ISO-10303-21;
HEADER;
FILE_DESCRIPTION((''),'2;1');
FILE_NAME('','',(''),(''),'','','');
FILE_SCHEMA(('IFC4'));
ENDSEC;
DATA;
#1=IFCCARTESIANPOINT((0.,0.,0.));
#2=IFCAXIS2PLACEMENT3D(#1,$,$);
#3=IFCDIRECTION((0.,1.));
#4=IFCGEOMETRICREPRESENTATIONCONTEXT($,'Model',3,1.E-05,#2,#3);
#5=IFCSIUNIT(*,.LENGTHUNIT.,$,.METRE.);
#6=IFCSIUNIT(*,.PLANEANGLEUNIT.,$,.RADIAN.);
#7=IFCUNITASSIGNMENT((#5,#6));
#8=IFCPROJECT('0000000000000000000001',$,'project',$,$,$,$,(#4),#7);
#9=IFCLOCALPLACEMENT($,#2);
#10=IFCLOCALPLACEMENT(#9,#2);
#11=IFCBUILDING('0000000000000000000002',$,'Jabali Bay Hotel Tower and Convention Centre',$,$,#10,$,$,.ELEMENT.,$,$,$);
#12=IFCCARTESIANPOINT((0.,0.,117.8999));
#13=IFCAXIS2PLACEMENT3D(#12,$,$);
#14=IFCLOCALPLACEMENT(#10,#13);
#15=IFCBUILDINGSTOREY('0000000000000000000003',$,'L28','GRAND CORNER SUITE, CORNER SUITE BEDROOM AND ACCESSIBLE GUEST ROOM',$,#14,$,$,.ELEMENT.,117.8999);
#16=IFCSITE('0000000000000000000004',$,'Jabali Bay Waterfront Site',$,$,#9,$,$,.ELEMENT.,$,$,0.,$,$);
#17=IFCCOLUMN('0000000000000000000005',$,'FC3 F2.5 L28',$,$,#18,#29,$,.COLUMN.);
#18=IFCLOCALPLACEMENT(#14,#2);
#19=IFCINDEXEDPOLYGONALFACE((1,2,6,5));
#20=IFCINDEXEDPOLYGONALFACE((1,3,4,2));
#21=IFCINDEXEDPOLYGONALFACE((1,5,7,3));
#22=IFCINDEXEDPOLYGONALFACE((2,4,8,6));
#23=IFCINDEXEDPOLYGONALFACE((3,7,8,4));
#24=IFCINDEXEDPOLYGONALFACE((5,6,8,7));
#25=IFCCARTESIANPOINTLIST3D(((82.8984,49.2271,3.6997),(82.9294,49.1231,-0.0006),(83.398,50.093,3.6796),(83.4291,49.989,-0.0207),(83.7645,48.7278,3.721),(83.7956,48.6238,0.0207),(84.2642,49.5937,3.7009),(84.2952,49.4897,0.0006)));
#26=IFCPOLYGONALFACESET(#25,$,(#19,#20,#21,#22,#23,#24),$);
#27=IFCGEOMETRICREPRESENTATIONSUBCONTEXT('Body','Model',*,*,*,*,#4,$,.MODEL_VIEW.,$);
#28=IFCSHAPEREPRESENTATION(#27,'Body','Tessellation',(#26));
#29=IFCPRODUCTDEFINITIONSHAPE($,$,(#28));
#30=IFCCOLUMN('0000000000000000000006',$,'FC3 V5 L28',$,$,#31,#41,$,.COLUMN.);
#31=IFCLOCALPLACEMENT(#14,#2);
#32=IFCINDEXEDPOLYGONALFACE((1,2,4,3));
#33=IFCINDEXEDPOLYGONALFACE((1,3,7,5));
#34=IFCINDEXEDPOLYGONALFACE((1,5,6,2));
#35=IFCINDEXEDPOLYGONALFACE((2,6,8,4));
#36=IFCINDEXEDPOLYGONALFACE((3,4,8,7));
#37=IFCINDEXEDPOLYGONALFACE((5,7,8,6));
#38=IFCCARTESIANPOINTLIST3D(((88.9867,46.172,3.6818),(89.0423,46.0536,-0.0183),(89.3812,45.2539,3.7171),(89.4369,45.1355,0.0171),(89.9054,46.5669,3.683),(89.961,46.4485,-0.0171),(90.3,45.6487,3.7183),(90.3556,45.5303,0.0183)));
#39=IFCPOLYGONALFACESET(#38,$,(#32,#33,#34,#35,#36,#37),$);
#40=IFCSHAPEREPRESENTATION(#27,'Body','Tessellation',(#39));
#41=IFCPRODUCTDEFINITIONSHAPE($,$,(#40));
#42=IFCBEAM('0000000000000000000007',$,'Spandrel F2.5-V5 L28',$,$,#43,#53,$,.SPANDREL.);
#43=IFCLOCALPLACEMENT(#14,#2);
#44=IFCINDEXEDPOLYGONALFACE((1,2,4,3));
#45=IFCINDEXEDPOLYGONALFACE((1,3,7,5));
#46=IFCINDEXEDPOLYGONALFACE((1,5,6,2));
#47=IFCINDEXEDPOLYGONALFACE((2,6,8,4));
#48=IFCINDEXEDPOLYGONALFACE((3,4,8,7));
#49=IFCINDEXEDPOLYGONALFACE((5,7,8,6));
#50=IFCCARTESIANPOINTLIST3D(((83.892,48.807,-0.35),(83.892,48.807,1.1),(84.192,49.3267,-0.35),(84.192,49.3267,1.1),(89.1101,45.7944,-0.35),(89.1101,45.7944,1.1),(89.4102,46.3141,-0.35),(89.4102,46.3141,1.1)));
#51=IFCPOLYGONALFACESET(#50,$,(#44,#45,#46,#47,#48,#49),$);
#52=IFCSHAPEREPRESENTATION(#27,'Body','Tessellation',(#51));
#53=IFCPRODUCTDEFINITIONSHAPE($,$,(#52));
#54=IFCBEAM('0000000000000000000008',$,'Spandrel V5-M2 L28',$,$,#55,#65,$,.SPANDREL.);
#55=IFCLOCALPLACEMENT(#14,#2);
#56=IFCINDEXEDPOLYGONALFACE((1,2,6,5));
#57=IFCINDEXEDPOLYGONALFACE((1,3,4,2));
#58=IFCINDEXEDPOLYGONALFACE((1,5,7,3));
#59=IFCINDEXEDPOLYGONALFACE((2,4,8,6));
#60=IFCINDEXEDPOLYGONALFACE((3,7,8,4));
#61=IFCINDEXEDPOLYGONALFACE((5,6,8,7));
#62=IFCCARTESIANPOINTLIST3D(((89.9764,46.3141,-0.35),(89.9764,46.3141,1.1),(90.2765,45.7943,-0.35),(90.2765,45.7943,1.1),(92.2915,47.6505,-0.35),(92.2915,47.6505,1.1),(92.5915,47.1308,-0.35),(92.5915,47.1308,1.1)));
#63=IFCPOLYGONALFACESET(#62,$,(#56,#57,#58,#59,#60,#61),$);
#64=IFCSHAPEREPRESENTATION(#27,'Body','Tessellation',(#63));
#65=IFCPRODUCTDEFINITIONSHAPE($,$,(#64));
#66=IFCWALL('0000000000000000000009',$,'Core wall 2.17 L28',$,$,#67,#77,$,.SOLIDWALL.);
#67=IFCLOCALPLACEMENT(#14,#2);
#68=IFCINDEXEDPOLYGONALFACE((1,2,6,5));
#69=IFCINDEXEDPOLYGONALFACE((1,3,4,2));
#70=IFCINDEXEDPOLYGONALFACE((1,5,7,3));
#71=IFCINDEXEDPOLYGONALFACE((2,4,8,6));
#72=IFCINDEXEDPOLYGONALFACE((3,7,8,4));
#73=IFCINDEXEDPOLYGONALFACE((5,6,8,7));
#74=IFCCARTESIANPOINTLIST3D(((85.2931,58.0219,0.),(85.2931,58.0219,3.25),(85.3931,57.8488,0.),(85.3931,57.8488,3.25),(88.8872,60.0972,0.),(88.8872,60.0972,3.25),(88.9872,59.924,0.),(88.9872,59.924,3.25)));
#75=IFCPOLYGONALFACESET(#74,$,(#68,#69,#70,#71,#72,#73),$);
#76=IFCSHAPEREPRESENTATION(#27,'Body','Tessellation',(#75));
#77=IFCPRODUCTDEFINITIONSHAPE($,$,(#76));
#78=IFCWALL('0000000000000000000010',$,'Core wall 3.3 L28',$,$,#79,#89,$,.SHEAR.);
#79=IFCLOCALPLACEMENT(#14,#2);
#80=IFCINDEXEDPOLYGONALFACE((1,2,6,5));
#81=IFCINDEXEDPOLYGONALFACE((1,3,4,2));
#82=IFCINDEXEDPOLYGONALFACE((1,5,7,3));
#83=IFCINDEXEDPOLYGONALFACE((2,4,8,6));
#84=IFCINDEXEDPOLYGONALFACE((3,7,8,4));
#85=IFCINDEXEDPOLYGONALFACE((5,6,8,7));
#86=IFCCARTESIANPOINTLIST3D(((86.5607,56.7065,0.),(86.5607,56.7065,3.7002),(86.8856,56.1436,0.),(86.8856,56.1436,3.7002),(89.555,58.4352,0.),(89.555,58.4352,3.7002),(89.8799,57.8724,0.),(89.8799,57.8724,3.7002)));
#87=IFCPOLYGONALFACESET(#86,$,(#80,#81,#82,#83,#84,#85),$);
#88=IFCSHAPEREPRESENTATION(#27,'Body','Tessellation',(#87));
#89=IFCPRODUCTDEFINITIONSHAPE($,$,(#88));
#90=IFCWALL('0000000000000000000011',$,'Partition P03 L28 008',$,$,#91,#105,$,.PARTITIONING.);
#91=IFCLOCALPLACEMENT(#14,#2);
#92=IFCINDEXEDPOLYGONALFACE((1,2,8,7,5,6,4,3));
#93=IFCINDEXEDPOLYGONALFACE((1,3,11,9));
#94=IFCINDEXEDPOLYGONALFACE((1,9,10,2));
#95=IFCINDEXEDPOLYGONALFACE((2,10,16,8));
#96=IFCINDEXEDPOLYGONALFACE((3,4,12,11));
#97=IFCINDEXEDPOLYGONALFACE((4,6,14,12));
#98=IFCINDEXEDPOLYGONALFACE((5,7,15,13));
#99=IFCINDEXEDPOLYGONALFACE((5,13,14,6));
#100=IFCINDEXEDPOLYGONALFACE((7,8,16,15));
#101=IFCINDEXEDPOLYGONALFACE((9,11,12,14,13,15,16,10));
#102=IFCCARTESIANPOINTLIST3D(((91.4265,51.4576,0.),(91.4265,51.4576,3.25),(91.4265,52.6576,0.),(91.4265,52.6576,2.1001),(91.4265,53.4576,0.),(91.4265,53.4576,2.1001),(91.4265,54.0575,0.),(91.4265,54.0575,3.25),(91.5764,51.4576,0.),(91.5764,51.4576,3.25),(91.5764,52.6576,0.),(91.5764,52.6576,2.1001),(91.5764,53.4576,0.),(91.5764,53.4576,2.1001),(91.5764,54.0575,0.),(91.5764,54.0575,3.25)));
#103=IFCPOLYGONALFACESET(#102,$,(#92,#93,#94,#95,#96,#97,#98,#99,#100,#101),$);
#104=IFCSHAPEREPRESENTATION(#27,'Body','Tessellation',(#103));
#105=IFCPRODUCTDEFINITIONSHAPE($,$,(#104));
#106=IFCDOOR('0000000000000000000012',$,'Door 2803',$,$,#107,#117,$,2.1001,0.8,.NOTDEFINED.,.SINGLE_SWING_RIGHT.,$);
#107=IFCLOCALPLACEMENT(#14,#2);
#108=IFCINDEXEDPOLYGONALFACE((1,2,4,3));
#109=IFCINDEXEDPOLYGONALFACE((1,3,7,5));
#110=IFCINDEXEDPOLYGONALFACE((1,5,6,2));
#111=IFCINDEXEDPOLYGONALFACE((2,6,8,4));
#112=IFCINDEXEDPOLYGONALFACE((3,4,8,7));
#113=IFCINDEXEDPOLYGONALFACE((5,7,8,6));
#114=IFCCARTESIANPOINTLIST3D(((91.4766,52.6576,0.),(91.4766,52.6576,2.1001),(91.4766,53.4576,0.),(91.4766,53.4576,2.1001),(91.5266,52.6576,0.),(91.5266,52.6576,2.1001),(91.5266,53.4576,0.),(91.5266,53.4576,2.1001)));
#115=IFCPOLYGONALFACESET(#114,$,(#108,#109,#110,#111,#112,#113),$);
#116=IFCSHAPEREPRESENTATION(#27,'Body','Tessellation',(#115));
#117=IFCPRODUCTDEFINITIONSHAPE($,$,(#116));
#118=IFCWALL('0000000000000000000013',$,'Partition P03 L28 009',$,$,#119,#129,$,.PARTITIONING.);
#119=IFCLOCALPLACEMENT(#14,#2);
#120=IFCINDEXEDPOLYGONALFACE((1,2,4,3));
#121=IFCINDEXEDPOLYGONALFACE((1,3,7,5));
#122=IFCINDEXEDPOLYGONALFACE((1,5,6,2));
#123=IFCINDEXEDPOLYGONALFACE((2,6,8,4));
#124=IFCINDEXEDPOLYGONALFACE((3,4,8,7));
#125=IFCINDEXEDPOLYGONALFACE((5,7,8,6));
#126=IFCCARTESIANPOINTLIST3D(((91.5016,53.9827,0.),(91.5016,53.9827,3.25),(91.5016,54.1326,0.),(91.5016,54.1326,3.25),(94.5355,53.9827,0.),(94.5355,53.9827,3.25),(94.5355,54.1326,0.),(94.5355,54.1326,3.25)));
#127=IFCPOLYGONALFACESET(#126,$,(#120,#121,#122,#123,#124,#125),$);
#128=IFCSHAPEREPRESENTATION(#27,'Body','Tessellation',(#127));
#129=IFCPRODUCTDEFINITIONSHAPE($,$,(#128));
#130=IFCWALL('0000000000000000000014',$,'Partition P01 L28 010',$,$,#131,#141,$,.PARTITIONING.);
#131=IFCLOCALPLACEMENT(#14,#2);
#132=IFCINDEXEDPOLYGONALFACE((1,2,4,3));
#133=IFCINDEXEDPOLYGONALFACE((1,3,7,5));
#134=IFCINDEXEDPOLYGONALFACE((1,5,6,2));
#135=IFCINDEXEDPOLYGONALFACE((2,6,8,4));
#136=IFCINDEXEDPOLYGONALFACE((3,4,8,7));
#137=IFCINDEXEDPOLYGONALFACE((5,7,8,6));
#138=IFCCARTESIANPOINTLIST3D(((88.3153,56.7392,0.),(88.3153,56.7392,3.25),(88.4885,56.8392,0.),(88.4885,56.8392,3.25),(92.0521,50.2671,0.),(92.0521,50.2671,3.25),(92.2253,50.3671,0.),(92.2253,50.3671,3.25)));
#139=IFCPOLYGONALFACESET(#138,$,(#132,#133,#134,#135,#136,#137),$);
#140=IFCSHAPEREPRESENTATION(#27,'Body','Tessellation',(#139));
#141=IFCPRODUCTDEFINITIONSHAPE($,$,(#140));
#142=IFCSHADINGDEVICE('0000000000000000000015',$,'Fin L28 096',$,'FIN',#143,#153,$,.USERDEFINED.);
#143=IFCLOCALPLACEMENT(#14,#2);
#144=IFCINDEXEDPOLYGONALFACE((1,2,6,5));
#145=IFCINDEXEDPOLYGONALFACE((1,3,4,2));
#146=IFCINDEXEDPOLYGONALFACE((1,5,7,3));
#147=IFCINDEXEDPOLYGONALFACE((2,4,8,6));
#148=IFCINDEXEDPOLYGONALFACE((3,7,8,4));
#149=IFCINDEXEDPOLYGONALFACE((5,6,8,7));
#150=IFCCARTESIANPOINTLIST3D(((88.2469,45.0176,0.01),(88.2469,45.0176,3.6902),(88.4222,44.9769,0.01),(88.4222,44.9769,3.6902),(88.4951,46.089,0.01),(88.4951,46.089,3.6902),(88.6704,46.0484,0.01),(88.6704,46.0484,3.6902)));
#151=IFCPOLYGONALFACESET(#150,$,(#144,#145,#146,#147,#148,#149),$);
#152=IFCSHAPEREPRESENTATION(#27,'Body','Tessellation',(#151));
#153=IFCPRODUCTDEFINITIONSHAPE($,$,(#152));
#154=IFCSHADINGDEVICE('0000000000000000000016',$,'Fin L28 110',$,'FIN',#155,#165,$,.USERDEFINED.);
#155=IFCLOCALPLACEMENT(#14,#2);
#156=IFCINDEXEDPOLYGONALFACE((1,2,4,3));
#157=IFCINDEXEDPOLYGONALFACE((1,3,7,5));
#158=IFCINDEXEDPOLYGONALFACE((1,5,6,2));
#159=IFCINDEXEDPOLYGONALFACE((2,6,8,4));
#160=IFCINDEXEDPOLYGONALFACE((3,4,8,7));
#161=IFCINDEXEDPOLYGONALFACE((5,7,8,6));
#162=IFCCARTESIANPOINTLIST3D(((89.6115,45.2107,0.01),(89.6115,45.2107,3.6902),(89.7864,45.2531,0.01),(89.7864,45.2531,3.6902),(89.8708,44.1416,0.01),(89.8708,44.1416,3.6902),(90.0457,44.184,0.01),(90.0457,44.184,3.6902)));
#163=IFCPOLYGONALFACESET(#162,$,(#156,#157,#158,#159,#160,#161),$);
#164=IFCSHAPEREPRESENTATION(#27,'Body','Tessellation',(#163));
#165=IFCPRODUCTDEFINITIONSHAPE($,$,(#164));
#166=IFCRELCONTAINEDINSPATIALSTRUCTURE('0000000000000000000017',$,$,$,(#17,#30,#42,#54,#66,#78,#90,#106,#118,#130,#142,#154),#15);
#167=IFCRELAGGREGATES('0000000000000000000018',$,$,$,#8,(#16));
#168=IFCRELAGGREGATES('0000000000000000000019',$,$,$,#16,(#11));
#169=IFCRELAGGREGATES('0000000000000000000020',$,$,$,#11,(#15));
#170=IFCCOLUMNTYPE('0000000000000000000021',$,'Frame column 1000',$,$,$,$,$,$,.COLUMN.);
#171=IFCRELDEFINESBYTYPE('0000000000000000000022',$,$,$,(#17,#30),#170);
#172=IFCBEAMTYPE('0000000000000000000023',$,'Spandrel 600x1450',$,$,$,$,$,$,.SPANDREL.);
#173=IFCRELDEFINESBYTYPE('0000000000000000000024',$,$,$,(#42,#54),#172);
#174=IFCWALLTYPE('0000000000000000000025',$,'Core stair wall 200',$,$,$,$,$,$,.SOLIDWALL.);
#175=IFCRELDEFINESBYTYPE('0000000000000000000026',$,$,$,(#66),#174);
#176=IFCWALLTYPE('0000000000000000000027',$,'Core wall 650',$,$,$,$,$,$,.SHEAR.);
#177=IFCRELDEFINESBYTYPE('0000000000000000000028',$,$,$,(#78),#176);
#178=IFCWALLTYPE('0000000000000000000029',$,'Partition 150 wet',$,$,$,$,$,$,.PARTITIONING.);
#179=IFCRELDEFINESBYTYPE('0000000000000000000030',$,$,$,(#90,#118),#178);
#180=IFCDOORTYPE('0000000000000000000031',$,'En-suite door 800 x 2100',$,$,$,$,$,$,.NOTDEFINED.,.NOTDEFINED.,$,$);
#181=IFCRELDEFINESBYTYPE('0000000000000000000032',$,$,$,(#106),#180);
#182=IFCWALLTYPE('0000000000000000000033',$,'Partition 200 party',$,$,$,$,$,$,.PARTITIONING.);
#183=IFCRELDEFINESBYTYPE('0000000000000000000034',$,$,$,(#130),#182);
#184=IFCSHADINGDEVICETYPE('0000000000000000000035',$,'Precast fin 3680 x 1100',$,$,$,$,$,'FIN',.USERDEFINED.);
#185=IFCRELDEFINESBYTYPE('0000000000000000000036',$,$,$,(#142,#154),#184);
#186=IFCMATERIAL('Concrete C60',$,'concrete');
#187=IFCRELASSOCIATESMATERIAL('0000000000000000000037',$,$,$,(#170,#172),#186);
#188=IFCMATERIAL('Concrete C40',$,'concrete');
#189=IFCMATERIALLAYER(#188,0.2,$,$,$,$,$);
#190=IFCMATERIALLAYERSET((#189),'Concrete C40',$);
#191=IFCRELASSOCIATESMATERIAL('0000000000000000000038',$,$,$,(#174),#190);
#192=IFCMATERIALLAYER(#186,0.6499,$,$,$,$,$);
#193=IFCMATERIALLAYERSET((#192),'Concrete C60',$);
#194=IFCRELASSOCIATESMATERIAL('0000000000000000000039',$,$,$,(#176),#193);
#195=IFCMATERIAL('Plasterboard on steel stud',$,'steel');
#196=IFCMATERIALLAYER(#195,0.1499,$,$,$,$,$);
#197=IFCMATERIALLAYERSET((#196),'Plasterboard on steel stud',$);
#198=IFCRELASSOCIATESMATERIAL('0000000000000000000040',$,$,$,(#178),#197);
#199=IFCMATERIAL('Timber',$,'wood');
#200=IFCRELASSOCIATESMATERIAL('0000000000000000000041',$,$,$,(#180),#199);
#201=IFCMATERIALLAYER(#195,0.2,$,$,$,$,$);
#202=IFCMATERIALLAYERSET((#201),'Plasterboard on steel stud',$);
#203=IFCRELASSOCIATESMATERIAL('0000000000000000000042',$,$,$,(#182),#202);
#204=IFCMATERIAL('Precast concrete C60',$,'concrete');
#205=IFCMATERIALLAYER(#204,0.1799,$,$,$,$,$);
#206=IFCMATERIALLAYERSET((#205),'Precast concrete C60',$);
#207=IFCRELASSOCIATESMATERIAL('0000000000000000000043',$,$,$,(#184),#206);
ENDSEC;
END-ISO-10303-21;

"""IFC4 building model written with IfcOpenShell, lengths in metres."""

from ifc_helpers import new_model, si_unit, direction, frame, frame_2d, origin, origin_2d, place, context, subcontext, project, spatial, rectangle, extrude, material, layer, layer_set, material_profile, profile_set, type_object, element, fill, save


model = new_model("IFC4")

# Units and contexts
model_context = context("Model", 3, precision=1e-05, world=origin(), true_north=direction((0.0, 1.0)))
body_context = subcontext(model_context, "Body", "Model", "MODEL_VIEW")
ifc_project = project(units=[si_unit("LENGTHUNIT", "METRE"), si_unit("PLANEANGLEUNIT", "RADIAN")], contexts=[model_context])

# Site, building, storey
site_placement = place(None, origin())
site = spatial("IfcSite", under=ifc_project, at=site_placement, Name="Jabali Bay Waterfront Site", CompositionType="ELEMENT", RefElevation=0.0)
building_placement = place(site_placement, origin())
building = spatial("IfcBuilding", under=site, at=building_placement, Name="Jabali Bay Hotel Tower and Convention Centre", CompositionType="ELEMENT")
storey_placement = place(building_placement, frame((0.0, 0.0, 117.8999)))
storey = spatial("IfcBuildingStorey", under=building, at=storey_placement, Name="L28", Description="GRAND CORNER SUITE, CORNER SUITE BEDROOM AND ACCESSIBLE GUEST ROOM", CompositionType="ELEMENT", Elevation=117.8999)

# Columns
ifc_material_1 = material(Name="Concrete C60", Category="concrete")
ifc_material_profile_1 = material_profile(ifc_material_1, rectangle(XDim=1.0, YDim=1.0, at=origin_2d()), Name="Frame column 1000")
ifc_profile_set_1 = profile_set([ifc_material_profile_1], Name="Concrete C60")
column_type = type_object("IfcColumnType", Name="Frame column 1000", PredefinedType="COLUMN", material=ifc_profile_set_1)
column_1_placement = place(storey_placement, frame((83.6123, 49.3064, 0.0), z_axis=(-0.008376, 0.028096, 0.99957), x_axis=(-0.499674, -0.865979, 0.020154)))
element("IfcColumn", 1, at=column_1_placement, inside=storey, type_object=column_type, Name="FC3 F2.5 L28", PredefinedType="COLUMN", context=body_context, shape_type="SweptSolid", body=[
    extrude(rectangle(XDim=1.0, YDim=1.0, at=origin_2d()), origin(), (0.0, 0.0, 1.0), 3.7019),
])
column_2_placement = place(storey_placement, frame((89.699, 45.792, 0.0), z_axis=(-0.015034, 0.031981, 0.999375), x_axis=(0.39459, -0.918178, 0.035318)))
element("IfcColumn", 2, at=column_2_placement, inside=storey, type_object=column_type, Name="FC3 V5 L28", PredefinedType="COLUMN", context=body_context, shape_type="SweptSolid", body=[
    extrude(rectangle(XDim=1.0, YDim=1.0, at=origin_2d()), origin(), (0.0, 0.0, 1.0), 3.7024),
])

# Beams
ifc_material_profile_2 = material_profile(ifc_material_1, rectangle(XDim=0.6001, YDim=1.45, at=origin_2d()), Name="Spandrel 600x1450")
ifc_profile_set_2 = profile_set([ifc_material_profile_2], Name="Concrete C60")
beam_type = type_object("IfcBeamType", Name="Spandrel 600x1450", PredefinedType="SPANDREL", material=ifc_profile_set_2)
beam_1_placement = place(storey_placement, frame((84.042, 49.0669, 0.375), z_axis=(0.86603, -0.499991, 0.0), x_axis=(0.499991, 0.86603, 0.0)))
element("IfcBeam", 3, at=beam_1_placement, inside=storey, type_object=beam_type, Name="Spandrel F2.5-V5 L28", PredefinedType="SPANDREL", context=body_context, shape_type="SweptSolid", body=[
    extrude(rectangle(XDim=0.6001, YDim=1.45, at=origin_2d()), origin(), (0.0, 0.0, 1.0), 6.0254),
])
beam_2_placement = place(storey_placement, frame((90.1265, 46.0542, 0.375), z_axis=(0.866043, 0.49997, 0.0), x_axis=(-0.49997, 0.866043, 0.0)))
element("IfcBeam", 4, at=beam_2_placement, inside=storey, type_object=beam_type, Name="Spandrel V5-M2 L28", PredefinedType="SPANDREL", context=body_context, shape_type="SweptSolid", body=[
    extrude(rectangle(XDim=0.6001, YDim=1.45, at=origin_2d()), origin(), (0.0, 0.0, 1.0), 2.6731),
])

# Walls
ifc_material_2 = material(Name="Concrete C40", Category="concrete")
ifc_layer_1 = layer(ifc_material_2, 0.2)
ifc_layer_set_1 = layer_set([ifc_layer_1], Name="Concrete C40")
wall_type_1 = type_object("IfcWallType", Name="Core stair wall 200", PredefinedType="SOLIDWALL", material=ifc_layer_set_1)
wall_1_placement = place(storey_placement, frame((85.343, 57.9353, 0.0), z_axis=(0.0, 0.0, 1.0), x_axis=(0.866004, 0.500036, 0.0)))
element("IfcWall", 5, at=wall_1_placement, inside=storey, type_object=wall_type_1, Name="Core wall 2.17 L28", PredefinedType="SOLIDWALL", context=body_context, shape_type="SweptSolid", body=[
    extrude(rectangle(XDim=4.1501, YDim=0.2, at=frame_2d((2.0752, 0.0))), origin(), (0.0, 0.0, 1.0), 3.25),
])
ifc_layer_2 = layer(ifc_material_1, 0.6499)
ifc_layer_set_2 = layer_set([ifc_layer_2], Name="Concrete C60")
wall_type_2 = type_object("IfcWallType", Name="Core wall 650", PredefinedType="SHEAR", material=ifc_layer_set_2)
wall_2_placement = place(storey_placement, frame((86.7231, 56.425, 0.0), z_axis=(0.0, 0.0, 1.0), x_axis=(0.866032, 0.499989, 0.0)))
element("IfcWall", 6, at=wall_2_placement, inside=storey, type_object=wall_type_2, Name="Core wall 3.3 L28", PredefinedType="SHEAR", context=body_context, shape_type="SweptSolid", body=[
    extrude(rectangle(XDim=3.4575, YDim=0.6499, at=frame_2d((1.7288, 0.0))), origin(), (0.0, 0.0, 1.0), 3.7002),
])

# Wall, opening, door
ifc_material_3 = material(Name="Plasterboard on steel stud", Category="steel")
ifc_layer_3 = layer(ifc_material_3, 0.1499)
ifc_layer_set_3 = layer_set([ifc_layer_3], Name="Plasterboard on steel stud")
wall_type_3 = type_object("IfcWallType", Name="Partition 150 wet", PredefinedType="PARTITIONING", material=ifc_layer_set_3)
wall_3_placement = place(storey_placement, frame((91.5015, 51.4578, 0.0), z_axis=(0.0, 0.0, 1.0), x_axis=(0.0, 1.0, 0.0)))
wall_3 = element("IfcWall", 7, at=wall_3_placement, inside=storey, type_object=wall_type_3, Name="Partition P03 L28 008", PredefinedType="PARTITIONING", context=body_context, shape_type="SweptSolid", body=[
    extrude(rectangle(XDim=2.5999, YDim=0.1499, at=frame_2d((1.2998, 0.0))), origin(), (0.0, 0.0, 1.0), 3.25),
])
opening_1_placement = place(wall_3_placement, frame((1.2, 0.0, 0.0)))
opening_1 = element("IfcOpeningElement", 8, at=opening_1_placement, cuts=wall_3, PredefinedType="OPENING", context=body_context, shape_type="SweptSolid", body=[
    extrude(rectangle(XDim=0.8, YDim=2.1001, at=frame_2d((0.3999, 1.05))), frame((0.0, 0.0854, 0.0), z_axis=(0.0, -1.0, 0.0), x_axis=(1.0, 0.0, 0.0)), (0.0, 0.0, 1.0), 0.1709),
])
ifc_material_4 = material(Name="Timber", Category="wood")
door_type_1 = type_object("IfcDoorType", Name="En-suite door 800 x 2100", OperationType="NOTDEFINED", PredefinedType="NOTDEFINED", material=ifc_material_4)
door_1_placement = place(opening_1_placement, origin())
door_1 = element("IfcDoor", 9, at=door_1_placement, inside=storey, type_object=door_type_1, Name="Door 2803", OperationType="SINGLE_SWING_RIGHT", OverallHeight=2.1001, OverallWidth=0.8, PredefinedType="NOTDEFINED", context=body_context, shape_type="SweptSolid", body=[
    extrude(rectangle(XDim=0.8, YDim=2.1001, at=frame_2d((0.3999, 1.05))), frame((0.0, 0.0249, 0.0), z_axis=(0.0, -1.0, 0.0), x_axis=(1.0, 0.0, 0.0)), (0.0, 0.0, 1.0), 0.05),
])
fill(opening_1, door_1)

# Walls
wall_4_placement = place(storey_placement, frame((91.5015, 54.0576, 0.0), z_axis=(0.0, 0.0, 1.0), x_axis=(1.0, 0.0, 0.0)))
element("IfcWall", 10, at=wall_4_placement, inside=storey, type_object=wall_type_3, Name="Partition P03 L28 009", PredefinedType="PARTITIONING", context=body_context, shape_type="SweptSolid", body=[
    extrude(rectangle(XDim=3.0339, YDim=0.1499, at=frame_2d((1.5171, 0.0))), origin(), (0.0, 0.0, 1.0), 3.25),
])
ifc_layer_4 = layer(ifc_material_3, 0.2)
ifc_layer_set_4 = layer_set([ifc_layer_4], Name="Plasterboard on steel stud")
wall_type_4 = type_object("IfcWallType", Name="Partition 200 party", PredefinedType="PARTITIONING", material=ifc_layer_set_4)
wall_5_placement = place(storey_placement, frame((88.4019, 56.7893, 0.0), z_axis=(0.0, 0.0, 1.0), x_axis=(0.500011, -0.866019, 0.0)))
element("IfcWall", 11, at=wall_5_placement, inside=storey, type_object=wall_type_4, Name="Partition P01 L28 010", PredefinedType="PARTITIONING", context=body_context, shape_type="SweptSolid", body=[
    extrude(rectangle(XDim=7.4734, YDim=0.2, at=frame_2d((3.7368, 0.0))), origin(), (0.0, 0.0, 1.0), 3.25),
])

# Shading devices
ifc_material_5 = material(Name="Precast concrete C60", Category="concrete")
ifc_layer_5 = layer(ifc_material_5, 0.1799)
ifc_layer_set_5 = layer_set([ifc_layer_5], Name="Precast concrete C60")
shading_device_type_1 = type_object("IfcShadingDeviceType", Name="Precast fin 3680 x 1100", ElementType="FIN", PredefinedType="USERDEFINED", material=ifc_layer_set_5)
shading_device_1_placement = place(storey_placement, frame((88.5828, 46.0686, 0.01), z_axis=(0.0, 0.0, 1.0), x_axis=(-0.225735, -0.974189, 0.0)))
element("IfcShadingDevice", 12, at=shading_device_1_placement, inside=storey, type_object=shading_device_type_1, Name="Fin L28 096", ObjectType="FIN", PredefinedType="USERDEFINED", context=body_context, shape_type="SweptSolid", body=[
    extrude(rectangle(XDim=1.0999, YDim=0.1799, at=frame_2d((0.5498, 0.0))), origin(), (0.0, 0.0, 1.0), 3.6802),
])
shading_device_2_placement = place(storey_placement, frame((89.699, 45.2319, 0.01), z_axis=(0.0, 0.0, 1.0), x_axis=(0.235689, -0.971829, 0.0)))
element("IfcShadingDevice", 13, at=shading_device_2_placement, inside=storey, type_object=shading_device_type_1, Name="Fin L28 110", ObjectType="FIN", PredefinedType="USERDEFINED", context=body_context, shape_type="SweptSolid", body=[
    extrude(rectangle(XDim=1.1001, YDim=0.1799, at=frame_2d((0.55, 0.0))), origin(), (0.0, 0.0, 1.0), 3.6802),
])

save(model, "model.ifc")
